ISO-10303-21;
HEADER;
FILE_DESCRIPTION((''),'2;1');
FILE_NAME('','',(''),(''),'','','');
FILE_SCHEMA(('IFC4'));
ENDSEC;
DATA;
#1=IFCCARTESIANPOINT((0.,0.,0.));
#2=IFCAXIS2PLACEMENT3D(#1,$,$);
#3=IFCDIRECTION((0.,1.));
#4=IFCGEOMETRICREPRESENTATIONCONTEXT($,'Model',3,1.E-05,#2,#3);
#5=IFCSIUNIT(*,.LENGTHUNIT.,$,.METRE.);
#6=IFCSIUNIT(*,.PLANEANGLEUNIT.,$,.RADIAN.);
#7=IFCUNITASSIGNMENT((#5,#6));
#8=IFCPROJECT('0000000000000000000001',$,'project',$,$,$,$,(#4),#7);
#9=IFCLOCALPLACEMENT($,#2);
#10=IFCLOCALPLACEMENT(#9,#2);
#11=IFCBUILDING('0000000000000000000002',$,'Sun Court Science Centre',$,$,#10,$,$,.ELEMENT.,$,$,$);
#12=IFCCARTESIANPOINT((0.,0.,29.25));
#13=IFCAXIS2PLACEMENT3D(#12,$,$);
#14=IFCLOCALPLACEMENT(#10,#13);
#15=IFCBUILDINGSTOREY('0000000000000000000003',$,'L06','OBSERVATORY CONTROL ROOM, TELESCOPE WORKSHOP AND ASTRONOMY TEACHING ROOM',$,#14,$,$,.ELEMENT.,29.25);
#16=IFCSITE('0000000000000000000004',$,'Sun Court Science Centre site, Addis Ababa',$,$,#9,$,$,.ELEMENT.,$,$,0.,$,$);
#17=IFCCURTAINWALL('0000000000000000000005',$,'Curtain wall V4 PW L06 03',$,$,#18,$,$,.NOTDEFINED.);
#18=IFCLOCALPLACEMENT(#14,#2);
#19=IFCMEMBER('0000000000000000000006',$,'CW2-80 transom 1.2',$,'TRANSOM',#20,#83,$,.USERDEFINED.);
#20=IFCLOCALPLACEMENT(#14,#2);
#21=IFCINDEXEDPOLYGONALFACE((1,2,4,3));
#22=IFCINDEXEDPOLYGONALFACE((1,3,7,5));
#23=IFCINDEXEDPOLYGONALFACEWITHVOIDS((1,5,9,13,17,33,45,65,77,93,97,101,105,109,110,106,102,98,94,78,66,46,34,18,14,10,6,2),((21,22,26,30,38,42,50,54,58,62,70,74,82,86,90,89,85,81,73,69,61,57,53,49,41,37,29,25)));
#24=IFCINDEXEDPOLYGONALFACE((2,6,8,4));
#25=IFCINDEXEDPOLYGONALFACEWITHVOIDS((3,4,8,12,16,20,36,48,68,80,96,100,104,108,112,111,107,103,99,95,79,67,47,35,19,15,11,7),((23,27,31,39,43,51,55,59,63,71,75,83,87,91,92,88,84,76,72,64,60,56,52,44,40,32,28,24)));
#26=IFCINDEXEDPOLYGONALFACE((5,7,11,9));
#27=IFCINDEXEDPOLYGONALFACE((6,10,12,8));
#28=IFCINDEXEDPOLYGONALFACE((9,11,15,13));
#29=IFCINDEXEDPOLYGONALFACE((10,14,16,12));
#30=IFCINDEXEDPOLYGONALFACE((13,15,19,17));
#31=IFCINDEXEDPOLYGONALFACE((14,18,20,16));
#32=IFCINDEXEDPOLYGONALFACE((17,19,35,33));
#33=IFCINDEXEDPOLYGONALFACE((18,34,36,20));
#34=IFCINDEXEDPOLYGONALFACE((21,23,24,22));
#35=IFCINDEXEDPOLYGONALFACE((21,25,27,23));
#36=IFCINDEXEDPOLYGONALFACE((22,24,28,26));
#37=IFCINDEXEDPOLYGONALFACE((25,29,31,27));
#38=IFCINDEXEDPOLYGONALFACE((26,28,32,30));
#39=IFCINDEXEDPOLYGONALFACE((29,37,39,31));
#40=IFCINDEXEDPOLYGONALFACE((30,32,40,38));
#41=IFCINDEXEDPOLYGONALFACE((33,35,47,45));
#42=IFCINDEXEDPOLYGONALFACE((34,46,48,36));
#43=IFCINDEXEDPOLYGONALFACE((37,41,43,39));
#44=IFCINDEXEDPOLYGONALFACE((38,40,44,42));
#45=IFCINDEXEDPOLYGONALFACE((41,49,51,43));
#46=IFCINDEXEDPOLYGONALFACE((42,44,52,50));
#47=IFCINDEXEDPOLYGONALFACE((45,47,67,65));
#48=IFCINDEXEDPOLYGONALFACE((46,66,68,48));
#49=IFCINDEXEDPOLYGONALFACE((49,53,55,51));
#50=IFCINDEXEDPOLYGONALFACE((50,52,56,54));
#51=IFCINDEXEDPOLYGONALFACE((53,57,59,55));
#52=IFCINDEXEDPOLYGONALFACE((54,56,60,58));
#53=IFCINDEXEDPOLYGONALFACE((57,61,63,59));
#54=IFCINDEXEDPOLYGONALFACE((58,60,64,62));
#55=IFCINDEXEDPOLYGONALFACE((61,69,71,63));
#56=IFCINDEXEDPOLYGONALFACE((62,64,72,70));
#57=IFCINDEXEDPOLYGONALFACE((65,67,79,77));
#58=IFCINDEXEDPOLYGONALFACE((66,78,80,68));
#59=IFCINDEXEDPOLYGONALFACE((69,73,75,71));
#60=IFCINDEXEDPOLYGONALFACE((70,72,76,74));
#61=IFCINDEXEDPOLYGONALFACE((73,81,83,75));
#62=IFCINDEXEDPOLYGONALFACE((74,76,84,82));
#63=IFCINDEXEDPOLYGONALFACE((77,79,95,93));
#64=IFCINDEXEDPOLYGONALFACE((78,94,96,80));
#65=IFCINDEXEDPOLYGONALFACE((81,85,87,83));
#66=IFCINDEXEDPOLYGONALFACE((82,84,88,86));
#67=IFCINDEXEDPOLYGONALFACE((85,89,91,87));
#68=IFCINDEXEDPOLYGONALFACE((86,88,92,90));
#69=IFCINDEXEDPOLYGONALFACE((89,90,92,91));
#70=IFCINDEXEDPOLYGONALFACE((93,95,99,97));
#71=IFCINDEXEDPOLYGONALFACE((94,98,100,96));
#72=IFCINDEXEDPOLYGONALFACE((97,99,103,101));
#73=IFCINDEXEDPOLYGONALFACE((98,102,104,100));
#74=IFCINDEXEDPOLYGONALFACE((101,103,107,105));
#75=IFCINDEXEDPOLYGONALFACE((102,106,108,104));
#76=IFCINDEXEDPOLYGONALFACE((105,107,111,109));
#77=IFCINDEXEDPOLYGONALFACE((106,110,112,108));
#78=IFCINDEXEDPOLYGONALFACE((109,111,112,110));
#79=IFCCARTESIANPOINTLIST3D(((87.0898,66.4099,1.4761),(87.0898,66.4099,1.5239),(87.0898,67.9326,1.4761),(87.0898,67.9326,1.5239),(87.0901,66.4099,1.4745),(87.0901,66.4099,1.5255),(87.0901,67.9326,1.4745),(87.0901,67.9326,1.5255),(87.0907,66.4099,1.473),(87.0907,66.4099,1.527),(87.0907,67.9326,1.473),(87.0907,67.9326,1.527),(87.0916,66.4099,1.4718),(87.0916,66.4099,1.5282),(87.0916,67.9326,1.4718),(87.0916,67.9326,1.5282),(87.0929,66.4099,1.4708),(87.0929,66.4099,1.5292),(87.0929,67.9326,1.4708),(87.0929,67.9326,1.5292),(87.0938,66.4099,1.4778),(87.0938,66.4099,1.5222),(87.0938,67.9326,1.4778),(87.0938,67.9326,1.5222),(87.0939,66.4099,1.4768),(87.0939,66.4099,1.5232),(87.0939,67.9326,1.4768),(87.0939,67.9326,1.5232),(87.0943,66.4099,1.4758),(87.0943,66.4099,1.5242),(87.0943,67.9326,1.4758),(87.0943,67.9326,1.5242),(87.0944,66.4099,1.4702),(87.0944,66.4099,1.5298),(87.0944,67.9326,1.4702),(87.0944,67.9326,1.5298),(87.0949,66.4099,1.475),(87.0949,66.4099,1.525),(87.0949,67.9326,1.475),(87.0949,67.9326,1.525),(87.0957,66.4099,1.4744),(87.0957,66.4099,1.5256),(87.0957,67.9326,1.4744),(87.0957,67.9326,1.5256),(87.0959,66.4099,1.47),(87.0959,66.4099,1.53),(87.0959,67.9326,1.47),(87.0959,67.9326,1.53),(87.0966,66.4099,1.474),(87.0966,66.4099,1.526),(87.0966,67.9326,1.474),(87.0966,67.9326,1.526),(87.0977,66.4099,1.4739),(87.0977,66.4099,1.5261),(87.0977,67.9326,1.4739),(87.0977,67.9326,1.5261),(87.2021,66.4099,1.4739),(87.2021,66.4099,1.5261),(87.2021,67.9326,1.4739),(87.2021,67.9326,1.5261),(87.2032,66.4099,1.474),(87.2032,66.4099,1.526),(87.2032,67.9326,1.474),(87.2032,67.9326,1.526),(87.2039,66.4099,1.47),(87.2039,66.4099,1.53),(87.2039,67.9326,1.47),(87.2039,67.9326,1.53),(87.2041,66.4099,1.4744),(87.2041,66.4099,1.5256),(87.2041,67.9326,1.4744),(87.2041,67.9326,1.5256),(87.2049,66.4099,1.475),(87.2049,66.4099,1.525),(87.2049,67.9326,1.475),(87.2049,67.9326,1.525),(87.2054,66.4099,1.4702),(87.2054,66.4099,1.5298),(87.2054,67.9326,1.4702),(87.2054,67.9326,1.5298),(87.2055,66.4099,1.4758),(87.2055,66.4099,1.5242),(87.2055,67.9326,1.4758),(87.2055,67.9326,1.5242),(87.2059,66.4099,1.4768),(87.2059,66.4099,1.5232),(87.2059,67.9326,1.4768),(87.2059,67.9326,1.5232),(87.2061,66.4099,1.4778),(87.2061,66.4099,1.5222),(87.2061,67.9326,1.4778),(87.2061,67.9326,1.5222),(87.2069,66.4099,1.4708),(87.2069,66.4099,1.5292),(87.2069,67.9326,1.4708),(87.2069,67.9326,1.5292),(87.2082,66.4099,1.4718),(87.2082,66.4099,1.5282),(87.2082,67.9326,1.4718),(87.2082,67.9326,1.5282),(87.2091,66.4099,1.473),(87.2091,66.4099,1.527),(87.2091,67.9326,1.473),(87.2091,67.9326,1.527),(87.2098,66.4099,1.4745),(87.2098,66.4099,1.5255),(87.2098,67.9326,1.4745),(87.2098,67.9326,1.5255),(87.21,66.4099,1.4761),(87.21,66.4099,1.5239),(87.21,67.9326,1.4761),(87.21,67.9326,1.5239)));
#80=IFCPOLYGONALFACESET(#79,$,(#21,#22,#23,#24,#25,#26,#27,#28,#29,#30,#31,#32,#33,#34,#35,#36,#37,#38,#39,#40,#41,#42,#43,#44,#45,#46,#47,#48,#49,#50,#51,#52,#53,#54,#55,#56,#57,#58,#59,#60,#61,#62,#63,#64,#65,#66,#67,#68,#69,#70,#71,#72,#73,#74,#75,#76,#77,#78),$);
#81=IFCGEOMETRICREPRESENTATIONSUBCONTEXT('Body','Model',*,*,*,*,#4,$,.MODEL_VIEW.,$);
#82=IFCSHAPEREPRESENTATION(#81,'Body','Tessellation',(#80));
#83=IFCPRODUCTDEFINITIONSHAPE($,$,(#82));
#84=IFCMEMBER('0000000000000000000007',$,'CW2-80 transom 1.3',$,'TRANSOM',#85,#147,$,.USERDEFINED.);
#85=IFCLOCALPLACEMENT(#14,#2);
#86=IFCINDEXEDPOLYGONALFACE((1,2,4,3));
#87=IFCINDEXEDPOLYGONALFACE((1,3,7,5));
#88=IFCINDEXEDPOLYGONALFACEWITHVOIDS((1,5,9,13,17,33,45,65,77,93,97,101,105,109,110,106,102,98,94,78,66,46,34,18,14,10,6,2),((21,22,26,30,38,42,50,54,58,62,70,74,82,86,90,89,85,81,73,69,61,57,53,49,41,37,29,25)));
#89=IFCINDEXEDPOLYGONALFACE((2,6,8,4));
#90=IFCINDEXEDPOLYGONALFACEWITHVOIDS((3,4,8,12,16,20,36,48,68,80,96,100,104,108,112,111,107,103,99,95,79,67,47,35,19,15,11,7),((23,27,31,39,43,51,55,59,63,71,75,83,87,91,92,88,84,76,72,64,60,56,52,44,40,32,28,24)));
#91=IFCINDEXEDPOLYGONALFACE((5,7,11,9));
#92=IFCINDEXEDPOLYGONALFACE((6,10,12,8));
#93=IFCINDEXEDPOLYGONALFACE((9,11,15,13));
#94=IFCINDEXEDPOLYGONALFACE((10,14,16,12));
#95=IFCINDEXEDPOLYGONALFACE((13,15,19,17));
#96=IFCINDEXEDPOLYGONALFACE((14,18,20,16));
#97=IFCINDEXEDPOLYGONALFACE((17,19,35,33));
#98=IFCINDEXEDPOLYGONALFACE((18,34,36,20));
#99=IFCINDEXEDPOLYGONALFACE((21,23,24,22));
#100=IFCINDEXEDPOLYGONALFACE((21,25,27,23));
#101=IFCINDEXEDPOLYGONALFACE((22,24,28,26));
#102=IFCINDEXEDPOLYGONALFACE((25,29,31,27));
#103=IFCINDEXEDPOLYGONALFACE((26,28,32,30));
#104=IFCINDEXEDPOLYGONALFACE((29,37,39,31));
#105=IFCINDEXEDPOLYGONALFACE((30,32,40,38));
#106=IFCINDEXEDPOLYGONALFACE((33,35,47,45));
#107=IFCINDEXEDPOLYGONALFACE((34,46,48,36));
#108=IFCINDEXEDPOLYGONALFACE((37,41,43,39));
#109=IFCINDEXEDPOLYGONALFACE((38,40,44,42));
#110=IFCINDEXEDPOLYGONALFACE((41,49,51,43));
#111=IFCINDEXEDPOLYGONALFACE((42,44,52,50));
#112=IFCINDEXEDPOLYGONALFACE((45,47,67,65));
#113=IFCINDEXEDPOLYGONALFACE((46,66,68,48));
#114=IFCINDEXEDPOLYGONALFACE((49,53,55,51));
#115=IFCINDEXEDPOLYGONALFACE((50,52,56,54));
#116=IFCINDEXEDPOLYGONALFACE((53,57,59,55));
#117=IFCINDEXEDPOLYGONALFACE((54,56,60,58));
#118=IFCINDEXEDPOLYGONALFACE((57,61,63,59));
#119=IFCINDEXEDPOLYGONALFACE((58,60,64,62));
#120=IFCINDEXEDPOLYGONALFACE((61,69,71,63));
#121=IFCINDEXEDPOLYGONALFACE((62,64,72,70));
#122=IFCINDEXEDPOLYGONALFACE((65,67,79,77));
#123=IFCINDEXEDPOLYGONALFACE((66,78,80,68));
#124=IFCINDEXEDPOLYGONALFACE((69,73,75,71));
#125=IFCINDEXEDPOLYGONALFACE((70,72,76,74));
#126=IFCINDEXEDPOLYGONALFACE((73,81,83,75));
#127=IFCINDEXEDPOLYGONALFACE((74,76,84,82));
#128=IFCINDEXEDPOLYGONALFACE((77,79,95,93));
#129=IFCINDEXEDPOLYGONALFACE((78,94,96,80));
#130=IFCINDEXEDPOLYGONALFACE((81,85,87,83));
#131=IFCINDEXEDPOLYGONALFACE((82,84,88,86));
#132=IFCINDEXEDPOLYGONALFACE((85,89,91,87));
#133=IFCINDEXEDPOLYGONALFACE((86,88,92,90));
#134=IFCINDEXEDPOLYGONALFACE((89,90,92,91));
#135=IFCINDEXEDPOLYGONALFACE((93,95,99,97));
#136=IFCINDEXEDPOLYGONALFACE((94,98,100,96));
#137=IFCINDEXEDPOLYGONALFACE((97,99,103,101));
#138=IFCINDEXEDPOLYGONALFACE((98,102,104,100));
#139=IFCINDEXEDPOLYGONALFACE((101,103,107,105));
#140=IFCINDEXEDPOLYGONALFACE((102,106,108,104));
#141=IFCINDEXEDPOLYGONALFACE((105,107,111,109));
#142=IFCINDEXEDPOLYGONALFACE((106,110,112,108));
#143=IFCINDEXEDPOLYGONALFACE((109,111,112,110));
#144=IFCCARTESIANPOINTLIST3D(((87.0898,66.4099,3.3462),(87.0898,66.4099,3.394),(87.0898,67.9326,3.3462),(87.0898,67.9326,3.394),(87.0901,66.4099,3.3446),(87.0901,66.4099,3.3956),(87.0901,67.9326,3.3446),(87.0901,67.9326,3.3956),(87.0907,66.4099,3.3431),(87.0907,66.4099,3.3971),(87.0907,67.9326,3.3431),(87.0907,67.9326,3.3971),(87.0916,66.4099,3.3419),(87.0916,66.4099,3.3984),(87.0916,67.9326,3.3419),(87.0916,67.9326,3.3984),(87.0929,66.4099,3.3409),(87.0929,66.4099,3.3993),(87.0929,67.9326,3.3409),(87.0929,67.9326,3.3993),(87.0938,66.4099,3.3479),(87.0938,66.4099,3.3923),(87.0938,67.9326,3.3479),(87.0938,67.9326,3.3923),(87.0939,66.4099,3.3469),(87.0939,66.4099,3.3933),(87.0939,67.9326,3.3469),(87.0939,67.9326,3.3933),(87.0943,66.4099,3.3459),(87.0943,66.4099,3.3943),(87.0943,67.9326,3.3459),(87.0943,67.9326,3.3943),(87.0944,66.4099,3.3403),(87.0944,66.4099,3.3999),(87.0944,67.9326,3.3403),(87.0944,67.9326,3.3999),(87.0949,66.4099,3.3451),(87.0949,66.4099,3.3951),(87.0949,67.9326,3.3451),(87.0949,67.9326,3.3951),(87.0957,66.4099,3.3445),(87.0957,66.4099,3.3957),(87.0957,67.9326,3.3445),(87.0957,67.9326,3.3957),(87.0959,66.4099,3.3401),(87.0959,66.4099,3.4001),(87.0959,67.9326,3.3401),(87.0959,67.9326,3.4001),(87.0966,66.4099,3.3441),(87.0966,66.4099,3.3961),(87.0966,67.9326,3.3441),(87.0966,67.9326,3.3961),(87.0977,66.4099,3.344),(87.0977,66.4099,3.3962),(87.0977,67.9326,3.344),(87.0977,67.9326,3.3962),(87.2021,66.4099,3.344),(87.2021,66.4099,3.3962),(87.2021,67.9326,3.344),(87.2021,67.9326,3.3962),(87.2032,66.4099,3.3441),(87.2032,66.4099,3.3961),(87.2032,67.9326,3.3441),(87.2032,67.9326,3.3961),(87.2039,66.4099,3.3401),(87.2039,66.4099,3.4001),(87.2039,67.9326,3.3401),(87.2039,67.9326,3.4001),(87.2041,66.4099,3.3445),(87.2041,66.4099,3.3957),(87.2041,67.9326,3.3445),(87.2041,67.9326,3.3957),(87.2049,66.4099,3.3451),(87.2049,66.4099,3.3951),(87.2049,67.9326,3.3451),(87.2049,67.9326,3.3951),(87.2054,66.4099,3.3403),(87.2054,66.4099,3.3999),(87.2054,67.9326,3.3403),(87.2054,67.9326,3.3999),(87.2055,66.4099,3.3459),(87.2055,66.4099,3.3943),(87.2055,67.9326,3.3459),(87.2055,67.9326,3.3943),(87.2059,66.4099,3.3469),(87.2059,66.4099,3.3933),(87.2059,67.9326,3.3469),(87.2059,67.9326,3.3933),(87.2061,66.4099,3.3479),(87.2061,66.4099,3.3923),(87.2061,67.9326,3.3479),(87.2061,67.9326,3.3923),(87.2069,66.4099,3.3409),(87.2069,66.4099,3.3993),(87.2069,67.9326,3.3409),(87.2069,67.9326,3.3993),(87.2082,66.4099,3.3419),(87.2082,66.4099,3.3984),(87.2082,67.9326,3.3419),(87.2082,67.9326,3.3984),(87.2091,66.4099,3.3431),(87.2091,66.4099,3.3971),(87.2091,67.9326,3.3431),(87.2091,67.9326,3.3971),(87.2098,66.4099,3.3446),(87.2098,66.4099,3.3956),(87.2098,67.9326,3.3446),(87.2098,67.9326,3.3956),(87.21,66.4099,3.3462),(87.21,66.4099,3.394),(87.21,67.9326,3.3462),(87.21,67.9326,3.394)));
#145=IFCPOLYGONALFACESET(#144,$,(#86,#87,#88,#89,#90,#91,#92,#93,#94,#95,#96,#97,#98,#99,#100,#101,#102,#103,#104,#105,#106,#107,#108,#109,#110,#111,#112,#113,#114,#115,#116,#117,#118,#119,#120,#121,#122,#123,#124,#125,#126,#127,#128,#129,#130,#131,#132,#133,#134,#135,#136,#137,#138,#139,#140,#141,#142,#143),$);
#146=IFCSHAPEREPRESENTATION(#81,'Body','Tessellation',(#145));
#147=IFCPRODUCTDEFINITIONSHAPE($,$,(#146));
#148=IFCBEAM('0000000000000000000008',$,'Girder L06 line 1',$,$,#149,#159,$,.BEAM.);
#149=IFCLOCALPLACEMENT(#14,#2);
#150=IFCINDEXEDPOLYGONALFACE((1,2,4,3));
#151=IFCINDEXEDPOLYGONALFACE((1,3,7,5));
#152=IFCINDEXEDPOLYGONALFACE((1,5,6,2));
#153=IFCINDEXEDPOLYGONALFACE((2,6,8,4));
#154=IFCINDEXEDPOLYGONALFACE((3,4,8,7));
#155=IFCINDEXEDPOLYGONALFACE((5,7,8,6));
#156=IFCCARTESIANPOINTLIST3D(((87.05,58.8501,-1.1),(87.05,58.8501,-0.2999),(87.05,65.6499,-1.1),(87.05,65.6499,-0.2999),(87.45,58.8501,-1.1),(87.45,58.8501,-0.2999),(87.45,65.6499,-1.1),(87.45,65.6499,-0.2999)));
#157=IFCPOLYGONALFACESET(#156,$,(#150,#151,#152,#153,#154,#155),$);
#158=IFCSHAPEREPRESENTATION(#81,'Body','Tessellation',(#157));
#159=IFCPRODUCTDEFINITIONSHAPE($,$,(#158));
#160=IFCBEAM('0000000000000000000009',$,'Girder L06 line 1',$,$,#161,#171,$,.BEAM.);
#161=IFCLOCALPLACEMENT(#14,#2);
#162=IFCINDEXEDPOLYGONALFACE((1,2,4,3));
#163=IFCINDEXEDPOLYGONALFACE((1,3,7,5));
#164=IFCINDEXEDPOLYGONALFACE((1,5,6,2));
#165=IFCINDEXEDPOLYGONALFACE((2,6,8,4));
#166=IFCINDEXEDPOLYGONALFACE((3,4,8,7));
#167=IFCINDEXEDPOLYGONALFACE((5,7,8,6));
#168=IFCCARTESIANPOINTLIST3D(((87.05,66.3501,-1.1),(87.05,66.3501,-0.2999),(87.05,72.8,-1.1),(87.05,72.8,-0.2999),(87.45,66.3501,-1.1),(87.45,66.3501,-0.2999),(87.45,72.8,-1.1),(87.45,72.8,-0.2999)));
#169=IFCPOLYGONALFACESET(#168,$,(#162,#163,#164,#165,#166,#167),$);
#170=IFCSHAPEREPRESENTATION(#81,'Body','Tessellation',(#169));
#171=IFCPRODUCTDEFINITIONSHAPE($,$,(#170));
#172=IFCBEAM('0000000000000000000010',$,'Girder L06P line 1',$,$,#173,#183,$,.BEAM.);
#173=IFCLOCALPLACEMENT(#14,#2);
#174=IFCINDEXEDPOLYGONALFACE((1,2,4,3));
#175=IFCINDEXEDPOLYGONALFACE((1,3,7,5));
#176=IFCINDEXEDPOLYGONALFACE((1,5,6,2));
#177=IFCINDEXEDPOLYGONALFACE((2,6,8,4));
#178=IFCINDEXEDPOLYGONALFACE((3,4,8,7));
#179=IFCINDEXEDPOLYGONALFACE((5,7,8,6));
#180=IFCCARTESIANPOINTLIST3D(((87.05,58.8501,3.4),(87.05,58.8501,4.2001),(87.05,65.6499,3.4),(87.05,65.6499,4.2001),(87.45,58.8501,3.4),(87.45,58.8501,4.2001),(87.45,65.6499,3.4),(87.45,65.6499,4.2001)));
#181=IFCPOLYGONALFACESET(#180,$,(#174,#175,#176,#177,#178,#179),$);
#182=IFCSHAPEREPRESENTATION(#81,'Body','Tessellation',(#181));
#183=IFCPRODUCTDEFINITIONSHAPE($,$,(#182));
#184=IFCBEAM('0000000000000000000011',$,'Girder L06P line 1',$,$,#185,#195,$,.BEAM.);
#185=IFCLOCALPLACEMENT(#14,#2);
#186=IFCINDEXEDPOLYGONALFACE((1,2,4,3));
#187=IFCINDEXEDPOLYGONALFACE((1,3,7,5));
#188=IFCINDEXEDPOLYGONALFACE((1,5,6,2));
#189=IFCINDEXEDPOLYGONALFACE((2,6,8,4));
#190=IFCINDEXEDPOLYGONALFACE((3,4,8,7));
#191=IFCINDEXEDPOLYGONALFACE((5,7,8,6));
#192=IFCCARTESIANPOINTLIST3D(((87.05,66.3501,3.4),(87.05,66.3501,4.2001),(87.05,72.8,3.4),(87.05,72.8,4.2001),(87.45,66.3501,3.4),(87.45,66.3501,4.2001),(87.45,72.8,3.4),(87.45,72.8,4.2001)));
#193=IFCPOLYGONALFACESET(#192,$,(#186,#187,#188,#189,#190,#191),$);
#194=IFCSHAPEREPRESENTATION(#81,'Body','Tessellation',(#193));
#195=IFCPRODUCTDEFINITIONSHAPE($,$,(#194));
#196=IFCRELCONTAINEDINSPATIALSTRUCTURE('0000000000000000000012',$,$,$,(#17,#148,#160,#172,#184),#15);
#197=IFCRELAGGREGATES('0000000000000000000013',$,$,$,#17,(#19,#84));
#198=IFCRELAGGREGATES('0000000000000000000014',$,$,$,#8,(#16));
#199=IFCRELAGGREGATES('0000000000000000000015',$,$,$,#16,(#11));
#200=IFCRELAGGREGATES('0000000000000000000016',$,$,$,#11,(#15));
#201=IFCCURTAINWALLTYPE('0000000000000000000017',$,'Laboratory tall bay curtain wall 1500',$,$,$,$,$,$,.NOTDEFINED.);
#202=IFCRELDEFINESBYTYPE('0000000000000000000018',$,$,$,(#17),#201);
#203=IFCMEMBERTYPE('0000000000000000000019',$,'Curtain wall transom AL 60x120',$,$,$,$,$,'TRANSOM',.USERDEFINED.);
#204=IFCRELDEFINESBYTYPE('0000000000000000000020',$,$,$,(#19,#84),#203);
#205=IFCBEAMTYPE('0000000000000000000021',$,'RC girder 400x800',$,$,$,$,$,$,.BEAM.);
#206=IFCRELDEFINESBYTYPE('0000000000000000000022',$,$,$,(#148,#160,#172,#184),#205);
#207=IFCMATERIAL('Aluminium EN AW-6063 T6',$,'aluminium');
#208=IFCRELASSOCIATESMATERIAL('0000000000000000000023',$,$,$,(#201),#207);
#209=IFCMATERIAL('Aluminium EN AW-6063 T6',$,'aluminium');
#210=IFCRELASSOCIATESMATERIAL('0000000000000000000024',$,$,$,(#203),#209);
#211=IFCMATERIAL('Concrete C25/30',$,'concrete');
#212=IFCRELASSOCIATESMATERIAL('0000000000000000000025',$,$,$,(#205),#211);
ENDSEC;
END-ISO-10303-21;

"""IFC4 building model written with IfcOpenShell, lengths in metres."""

from ifc_helpers import new_model, si_unit, direction, frame, origin, origin_2d, place, context, subcontext, project, spatial, rectangle, hollow_rectangle, extrude, material, material_profile, profile_set, type_object, element, aggregate, save


model = new_model("IFC4")

# Units and contexts
model_context = context("Model", 3, precision=1e-05, world=origin(), true_north=direction((0.0, 1.0)))
body_context = subcontext(model_context, "Body", "Model", "MODEL_VIEW")
ifc_project = project(units=[si_unit("LENGTHUNIT", "METRE"), si_unit("PLANEANGLEUNIT", "RADIAN")], contexts=[model_context])

# Site, building, storey
site_placement = place(None, origin())
site = spatial("IfcSite", under=ifc_project, at=site_placement, Name="Sun Court Science Centre site, Addis Ababa", CompositionType="ELEMENT", RefElevation=0.0)
building_placement = place(site_placement, origin())
building = spatial("IfcBuilding", under=site, at=building_placement, Name="Sun Court Science Centre", CompositionType="ELEMENT")
storey_placement = place(building_placement, frame((0.0, 0.0, 29.25)))
storey = spatial("IfcBuildingStorey", under=building, at=storey_placement, Name="L06", Description="OBSERVATORY CONTROL ROOM, TELESCOPE WORKSHOP AND ASTRONOMY TEACHING ROOM", CompositionType="ELEMENT", Elevation=29.25)

# Curtain wall, members
ifc_material_1 = material(Name="Aluminium EN AW-6063 T6", Category="aluminium")
curtain_wall_type = type_object("IfcCurtainWallType", Name="Laboratory tall bay curtain wall 1500", PredefinedType="NOTDEFINED", material=ifc_material_1)
curtain_wall_1_placement = place(storey_placement, origin())
curtain_wall_1 = element("IfcCurtainWall", 1, at=curtain_wall_1_placement, inside=storey, type_object=curtain_wall_type, Name="Curtain wall V4 PW L06 03", PredefinedType="NOTDEFINED")
ifc_material_2 = material(Name="Aluminium EN AW-6063 T6", Category="aluminium")
ifc_material_profile_1 = material_profile(ifc_material_2, hollow_rectangle(XDim=0.0601, YDim=0.1201, WallThickness=0.0039, InnerFilletRadius=0.0039, OuterFilletRadius=0.0061, at=origin_2d()), Name="AL 60x120x4")
ifc_profile_set_1 = profile_set([ifc_material_profile_1], Name="Aluminium EN AW-6063 T6")
member_type_1 = type_object("IfcMemberType", Name="Curtain wall transom AL 60x120", ElementType="TRANSOM", PredefinedType="USERDEFINED", material=ifc_profile_set_1)
member_1_placement = place(storey_placement, frame((87.1499, 66.4099, 1.5), z_axis=(0.0, 1.0, 0.0), x_axis=(0.0, 0.0, 1.0)))
member_1 = element("IfcMember", 2, at=member_1_placement, type_object=member_type_1, Name="CW2-80 transom 1.2", ObjectType="TRANSOM", PredefinedType="USERDEFINED", context=body_context, shape_type="SweptSolid", body=[
    extrude(hollow_rectangle(XDim=0.0601, YDim=0.1201, WallThickness=0.0039, InnerFilletRadius=0.0039, OuterFilletRadius=0.0061, at=origin_2d()), origin(), (0.0, 0.0, 1.0), 1.5227),
])
member_2_placement = place(storey_placement, frame((87.1499, 66.4099, 3.3701), z_axis=(0.0, 1.0, 0.0), x_axis=(0.0, 0.0, 1.0)))
member_2 = element("IfcMember", 3, at=member_2_placement, type_object=member_type_1, Name="CW2-80 transom 1.3", ObjectType="TRANSOM", PredefinedType="USERDEFINED", context=body_context, shape_type="SweptSolid", body=[
    extrude(hollow_rectangle(XDim=0.0601, YDim=0.1201, WallThickness=0.0039, InnerFilletRadius=0.0039, OuterFilletRadius=0.0061, at=origin_2d()), origin(), (0.0, 0.0, 1.0), 1.5227),
])
aggregate(curtain_wall_1, [member_1, member_2])

# Beams
ifc_material_3 = material(Name="Concrete C25/30", Category="concrete")
ifc_material_profile_2 = material_profile(ifc_material_3, rectangle(XDim=0.3999, YDim=0.8, at=origin_2d()), Name="RC 400x800")
ifc_profile_set_2 = profile_set([ifc_material_profile_2], Name="Concrete C25/30")
beam_type_1 = type_object("IfcBeamType", Name="RC girder 400x800", PredefinedType="BEAM", material=ifc_profile_set_2)
beam_1_placement = place(storey_placement, frame((87.25, 58.8501, -0.7), z_axis=(0.0, 1.0, 0.0), x_axis=(-1.0, 0.0, 0.0)))
element("IfcBeam", 4, at=beam_1_placement, inside=storey, type_object=beam_type_1, Name="Girder L06 line 1", PredefinedType="BEAM", context=body_context, shape_type="SweptSolid", body=[
    extrude(rectangle(XDim=0.3999, YDim=0.8, at=origin_2d()), origin(), (0.0, 0.0, 1.0), 6.7998),
])
beam_2_placement = place(storey_placement, frame((87.25, 66.3501, -0.7), z_axis=(0.0, 1.0, 0.0), x_axis=(-1.0, 0.0, 0.0)))
element("IfcBeam", 5, at=beam_2_placement, inside=storey, type_object=beam_type_1, Name="Girder L06 line 1", PredefinedType="BEAM", context=body_context, shape_type="SweptSolid", body=[
    extrude(rectangle(XDim=0.3999, YDim=0.8, at=origin_2d()), origin(), (0.0, 0.0, 1.0), 6.45),
])
beam_3_placement = place(storey_placement, frame((87.25, 58.8501, 3.8), z_axis=(0.0, 1.0, 0.0), x_axis=(-1.0, 0.0, 0.0)))
element("IfcBeam", 6, at=beam_3_placement, inside=storey, type_object=beam_type_1, Name="Girder L06P line 1", PredefinedType="BEAM", context=body_context, shape_type="SweptSolid", body=[
    extrude(rectangle(XDim=0.3999, YDim=0.8, at=origin_2d()), origin(), (0.0, 0.0, 1.0), 6.7998),
])
beam_4_placement = place(storey_placement, frame((87.25, 66.3501, 3.8), z_axis=(0.0, 1.0, 0.0), x_axis=(-1.0, 0.0, 0.0)))
element("IfcBeam", 7, at=beam_4_placement, inside=storey, type_object=beam_type_1, Name="Girder L06P line 1", PredefinedType="BEAM", context=body_context, shape_type="SweptSolid", body=[
    extrude(rectangle(XDim=0.3999, YDim=0.8, at=origin_2d()), origin(), (0.0, 0.0, 1.0), 6.45),
])

save(model, "model.ifc")
